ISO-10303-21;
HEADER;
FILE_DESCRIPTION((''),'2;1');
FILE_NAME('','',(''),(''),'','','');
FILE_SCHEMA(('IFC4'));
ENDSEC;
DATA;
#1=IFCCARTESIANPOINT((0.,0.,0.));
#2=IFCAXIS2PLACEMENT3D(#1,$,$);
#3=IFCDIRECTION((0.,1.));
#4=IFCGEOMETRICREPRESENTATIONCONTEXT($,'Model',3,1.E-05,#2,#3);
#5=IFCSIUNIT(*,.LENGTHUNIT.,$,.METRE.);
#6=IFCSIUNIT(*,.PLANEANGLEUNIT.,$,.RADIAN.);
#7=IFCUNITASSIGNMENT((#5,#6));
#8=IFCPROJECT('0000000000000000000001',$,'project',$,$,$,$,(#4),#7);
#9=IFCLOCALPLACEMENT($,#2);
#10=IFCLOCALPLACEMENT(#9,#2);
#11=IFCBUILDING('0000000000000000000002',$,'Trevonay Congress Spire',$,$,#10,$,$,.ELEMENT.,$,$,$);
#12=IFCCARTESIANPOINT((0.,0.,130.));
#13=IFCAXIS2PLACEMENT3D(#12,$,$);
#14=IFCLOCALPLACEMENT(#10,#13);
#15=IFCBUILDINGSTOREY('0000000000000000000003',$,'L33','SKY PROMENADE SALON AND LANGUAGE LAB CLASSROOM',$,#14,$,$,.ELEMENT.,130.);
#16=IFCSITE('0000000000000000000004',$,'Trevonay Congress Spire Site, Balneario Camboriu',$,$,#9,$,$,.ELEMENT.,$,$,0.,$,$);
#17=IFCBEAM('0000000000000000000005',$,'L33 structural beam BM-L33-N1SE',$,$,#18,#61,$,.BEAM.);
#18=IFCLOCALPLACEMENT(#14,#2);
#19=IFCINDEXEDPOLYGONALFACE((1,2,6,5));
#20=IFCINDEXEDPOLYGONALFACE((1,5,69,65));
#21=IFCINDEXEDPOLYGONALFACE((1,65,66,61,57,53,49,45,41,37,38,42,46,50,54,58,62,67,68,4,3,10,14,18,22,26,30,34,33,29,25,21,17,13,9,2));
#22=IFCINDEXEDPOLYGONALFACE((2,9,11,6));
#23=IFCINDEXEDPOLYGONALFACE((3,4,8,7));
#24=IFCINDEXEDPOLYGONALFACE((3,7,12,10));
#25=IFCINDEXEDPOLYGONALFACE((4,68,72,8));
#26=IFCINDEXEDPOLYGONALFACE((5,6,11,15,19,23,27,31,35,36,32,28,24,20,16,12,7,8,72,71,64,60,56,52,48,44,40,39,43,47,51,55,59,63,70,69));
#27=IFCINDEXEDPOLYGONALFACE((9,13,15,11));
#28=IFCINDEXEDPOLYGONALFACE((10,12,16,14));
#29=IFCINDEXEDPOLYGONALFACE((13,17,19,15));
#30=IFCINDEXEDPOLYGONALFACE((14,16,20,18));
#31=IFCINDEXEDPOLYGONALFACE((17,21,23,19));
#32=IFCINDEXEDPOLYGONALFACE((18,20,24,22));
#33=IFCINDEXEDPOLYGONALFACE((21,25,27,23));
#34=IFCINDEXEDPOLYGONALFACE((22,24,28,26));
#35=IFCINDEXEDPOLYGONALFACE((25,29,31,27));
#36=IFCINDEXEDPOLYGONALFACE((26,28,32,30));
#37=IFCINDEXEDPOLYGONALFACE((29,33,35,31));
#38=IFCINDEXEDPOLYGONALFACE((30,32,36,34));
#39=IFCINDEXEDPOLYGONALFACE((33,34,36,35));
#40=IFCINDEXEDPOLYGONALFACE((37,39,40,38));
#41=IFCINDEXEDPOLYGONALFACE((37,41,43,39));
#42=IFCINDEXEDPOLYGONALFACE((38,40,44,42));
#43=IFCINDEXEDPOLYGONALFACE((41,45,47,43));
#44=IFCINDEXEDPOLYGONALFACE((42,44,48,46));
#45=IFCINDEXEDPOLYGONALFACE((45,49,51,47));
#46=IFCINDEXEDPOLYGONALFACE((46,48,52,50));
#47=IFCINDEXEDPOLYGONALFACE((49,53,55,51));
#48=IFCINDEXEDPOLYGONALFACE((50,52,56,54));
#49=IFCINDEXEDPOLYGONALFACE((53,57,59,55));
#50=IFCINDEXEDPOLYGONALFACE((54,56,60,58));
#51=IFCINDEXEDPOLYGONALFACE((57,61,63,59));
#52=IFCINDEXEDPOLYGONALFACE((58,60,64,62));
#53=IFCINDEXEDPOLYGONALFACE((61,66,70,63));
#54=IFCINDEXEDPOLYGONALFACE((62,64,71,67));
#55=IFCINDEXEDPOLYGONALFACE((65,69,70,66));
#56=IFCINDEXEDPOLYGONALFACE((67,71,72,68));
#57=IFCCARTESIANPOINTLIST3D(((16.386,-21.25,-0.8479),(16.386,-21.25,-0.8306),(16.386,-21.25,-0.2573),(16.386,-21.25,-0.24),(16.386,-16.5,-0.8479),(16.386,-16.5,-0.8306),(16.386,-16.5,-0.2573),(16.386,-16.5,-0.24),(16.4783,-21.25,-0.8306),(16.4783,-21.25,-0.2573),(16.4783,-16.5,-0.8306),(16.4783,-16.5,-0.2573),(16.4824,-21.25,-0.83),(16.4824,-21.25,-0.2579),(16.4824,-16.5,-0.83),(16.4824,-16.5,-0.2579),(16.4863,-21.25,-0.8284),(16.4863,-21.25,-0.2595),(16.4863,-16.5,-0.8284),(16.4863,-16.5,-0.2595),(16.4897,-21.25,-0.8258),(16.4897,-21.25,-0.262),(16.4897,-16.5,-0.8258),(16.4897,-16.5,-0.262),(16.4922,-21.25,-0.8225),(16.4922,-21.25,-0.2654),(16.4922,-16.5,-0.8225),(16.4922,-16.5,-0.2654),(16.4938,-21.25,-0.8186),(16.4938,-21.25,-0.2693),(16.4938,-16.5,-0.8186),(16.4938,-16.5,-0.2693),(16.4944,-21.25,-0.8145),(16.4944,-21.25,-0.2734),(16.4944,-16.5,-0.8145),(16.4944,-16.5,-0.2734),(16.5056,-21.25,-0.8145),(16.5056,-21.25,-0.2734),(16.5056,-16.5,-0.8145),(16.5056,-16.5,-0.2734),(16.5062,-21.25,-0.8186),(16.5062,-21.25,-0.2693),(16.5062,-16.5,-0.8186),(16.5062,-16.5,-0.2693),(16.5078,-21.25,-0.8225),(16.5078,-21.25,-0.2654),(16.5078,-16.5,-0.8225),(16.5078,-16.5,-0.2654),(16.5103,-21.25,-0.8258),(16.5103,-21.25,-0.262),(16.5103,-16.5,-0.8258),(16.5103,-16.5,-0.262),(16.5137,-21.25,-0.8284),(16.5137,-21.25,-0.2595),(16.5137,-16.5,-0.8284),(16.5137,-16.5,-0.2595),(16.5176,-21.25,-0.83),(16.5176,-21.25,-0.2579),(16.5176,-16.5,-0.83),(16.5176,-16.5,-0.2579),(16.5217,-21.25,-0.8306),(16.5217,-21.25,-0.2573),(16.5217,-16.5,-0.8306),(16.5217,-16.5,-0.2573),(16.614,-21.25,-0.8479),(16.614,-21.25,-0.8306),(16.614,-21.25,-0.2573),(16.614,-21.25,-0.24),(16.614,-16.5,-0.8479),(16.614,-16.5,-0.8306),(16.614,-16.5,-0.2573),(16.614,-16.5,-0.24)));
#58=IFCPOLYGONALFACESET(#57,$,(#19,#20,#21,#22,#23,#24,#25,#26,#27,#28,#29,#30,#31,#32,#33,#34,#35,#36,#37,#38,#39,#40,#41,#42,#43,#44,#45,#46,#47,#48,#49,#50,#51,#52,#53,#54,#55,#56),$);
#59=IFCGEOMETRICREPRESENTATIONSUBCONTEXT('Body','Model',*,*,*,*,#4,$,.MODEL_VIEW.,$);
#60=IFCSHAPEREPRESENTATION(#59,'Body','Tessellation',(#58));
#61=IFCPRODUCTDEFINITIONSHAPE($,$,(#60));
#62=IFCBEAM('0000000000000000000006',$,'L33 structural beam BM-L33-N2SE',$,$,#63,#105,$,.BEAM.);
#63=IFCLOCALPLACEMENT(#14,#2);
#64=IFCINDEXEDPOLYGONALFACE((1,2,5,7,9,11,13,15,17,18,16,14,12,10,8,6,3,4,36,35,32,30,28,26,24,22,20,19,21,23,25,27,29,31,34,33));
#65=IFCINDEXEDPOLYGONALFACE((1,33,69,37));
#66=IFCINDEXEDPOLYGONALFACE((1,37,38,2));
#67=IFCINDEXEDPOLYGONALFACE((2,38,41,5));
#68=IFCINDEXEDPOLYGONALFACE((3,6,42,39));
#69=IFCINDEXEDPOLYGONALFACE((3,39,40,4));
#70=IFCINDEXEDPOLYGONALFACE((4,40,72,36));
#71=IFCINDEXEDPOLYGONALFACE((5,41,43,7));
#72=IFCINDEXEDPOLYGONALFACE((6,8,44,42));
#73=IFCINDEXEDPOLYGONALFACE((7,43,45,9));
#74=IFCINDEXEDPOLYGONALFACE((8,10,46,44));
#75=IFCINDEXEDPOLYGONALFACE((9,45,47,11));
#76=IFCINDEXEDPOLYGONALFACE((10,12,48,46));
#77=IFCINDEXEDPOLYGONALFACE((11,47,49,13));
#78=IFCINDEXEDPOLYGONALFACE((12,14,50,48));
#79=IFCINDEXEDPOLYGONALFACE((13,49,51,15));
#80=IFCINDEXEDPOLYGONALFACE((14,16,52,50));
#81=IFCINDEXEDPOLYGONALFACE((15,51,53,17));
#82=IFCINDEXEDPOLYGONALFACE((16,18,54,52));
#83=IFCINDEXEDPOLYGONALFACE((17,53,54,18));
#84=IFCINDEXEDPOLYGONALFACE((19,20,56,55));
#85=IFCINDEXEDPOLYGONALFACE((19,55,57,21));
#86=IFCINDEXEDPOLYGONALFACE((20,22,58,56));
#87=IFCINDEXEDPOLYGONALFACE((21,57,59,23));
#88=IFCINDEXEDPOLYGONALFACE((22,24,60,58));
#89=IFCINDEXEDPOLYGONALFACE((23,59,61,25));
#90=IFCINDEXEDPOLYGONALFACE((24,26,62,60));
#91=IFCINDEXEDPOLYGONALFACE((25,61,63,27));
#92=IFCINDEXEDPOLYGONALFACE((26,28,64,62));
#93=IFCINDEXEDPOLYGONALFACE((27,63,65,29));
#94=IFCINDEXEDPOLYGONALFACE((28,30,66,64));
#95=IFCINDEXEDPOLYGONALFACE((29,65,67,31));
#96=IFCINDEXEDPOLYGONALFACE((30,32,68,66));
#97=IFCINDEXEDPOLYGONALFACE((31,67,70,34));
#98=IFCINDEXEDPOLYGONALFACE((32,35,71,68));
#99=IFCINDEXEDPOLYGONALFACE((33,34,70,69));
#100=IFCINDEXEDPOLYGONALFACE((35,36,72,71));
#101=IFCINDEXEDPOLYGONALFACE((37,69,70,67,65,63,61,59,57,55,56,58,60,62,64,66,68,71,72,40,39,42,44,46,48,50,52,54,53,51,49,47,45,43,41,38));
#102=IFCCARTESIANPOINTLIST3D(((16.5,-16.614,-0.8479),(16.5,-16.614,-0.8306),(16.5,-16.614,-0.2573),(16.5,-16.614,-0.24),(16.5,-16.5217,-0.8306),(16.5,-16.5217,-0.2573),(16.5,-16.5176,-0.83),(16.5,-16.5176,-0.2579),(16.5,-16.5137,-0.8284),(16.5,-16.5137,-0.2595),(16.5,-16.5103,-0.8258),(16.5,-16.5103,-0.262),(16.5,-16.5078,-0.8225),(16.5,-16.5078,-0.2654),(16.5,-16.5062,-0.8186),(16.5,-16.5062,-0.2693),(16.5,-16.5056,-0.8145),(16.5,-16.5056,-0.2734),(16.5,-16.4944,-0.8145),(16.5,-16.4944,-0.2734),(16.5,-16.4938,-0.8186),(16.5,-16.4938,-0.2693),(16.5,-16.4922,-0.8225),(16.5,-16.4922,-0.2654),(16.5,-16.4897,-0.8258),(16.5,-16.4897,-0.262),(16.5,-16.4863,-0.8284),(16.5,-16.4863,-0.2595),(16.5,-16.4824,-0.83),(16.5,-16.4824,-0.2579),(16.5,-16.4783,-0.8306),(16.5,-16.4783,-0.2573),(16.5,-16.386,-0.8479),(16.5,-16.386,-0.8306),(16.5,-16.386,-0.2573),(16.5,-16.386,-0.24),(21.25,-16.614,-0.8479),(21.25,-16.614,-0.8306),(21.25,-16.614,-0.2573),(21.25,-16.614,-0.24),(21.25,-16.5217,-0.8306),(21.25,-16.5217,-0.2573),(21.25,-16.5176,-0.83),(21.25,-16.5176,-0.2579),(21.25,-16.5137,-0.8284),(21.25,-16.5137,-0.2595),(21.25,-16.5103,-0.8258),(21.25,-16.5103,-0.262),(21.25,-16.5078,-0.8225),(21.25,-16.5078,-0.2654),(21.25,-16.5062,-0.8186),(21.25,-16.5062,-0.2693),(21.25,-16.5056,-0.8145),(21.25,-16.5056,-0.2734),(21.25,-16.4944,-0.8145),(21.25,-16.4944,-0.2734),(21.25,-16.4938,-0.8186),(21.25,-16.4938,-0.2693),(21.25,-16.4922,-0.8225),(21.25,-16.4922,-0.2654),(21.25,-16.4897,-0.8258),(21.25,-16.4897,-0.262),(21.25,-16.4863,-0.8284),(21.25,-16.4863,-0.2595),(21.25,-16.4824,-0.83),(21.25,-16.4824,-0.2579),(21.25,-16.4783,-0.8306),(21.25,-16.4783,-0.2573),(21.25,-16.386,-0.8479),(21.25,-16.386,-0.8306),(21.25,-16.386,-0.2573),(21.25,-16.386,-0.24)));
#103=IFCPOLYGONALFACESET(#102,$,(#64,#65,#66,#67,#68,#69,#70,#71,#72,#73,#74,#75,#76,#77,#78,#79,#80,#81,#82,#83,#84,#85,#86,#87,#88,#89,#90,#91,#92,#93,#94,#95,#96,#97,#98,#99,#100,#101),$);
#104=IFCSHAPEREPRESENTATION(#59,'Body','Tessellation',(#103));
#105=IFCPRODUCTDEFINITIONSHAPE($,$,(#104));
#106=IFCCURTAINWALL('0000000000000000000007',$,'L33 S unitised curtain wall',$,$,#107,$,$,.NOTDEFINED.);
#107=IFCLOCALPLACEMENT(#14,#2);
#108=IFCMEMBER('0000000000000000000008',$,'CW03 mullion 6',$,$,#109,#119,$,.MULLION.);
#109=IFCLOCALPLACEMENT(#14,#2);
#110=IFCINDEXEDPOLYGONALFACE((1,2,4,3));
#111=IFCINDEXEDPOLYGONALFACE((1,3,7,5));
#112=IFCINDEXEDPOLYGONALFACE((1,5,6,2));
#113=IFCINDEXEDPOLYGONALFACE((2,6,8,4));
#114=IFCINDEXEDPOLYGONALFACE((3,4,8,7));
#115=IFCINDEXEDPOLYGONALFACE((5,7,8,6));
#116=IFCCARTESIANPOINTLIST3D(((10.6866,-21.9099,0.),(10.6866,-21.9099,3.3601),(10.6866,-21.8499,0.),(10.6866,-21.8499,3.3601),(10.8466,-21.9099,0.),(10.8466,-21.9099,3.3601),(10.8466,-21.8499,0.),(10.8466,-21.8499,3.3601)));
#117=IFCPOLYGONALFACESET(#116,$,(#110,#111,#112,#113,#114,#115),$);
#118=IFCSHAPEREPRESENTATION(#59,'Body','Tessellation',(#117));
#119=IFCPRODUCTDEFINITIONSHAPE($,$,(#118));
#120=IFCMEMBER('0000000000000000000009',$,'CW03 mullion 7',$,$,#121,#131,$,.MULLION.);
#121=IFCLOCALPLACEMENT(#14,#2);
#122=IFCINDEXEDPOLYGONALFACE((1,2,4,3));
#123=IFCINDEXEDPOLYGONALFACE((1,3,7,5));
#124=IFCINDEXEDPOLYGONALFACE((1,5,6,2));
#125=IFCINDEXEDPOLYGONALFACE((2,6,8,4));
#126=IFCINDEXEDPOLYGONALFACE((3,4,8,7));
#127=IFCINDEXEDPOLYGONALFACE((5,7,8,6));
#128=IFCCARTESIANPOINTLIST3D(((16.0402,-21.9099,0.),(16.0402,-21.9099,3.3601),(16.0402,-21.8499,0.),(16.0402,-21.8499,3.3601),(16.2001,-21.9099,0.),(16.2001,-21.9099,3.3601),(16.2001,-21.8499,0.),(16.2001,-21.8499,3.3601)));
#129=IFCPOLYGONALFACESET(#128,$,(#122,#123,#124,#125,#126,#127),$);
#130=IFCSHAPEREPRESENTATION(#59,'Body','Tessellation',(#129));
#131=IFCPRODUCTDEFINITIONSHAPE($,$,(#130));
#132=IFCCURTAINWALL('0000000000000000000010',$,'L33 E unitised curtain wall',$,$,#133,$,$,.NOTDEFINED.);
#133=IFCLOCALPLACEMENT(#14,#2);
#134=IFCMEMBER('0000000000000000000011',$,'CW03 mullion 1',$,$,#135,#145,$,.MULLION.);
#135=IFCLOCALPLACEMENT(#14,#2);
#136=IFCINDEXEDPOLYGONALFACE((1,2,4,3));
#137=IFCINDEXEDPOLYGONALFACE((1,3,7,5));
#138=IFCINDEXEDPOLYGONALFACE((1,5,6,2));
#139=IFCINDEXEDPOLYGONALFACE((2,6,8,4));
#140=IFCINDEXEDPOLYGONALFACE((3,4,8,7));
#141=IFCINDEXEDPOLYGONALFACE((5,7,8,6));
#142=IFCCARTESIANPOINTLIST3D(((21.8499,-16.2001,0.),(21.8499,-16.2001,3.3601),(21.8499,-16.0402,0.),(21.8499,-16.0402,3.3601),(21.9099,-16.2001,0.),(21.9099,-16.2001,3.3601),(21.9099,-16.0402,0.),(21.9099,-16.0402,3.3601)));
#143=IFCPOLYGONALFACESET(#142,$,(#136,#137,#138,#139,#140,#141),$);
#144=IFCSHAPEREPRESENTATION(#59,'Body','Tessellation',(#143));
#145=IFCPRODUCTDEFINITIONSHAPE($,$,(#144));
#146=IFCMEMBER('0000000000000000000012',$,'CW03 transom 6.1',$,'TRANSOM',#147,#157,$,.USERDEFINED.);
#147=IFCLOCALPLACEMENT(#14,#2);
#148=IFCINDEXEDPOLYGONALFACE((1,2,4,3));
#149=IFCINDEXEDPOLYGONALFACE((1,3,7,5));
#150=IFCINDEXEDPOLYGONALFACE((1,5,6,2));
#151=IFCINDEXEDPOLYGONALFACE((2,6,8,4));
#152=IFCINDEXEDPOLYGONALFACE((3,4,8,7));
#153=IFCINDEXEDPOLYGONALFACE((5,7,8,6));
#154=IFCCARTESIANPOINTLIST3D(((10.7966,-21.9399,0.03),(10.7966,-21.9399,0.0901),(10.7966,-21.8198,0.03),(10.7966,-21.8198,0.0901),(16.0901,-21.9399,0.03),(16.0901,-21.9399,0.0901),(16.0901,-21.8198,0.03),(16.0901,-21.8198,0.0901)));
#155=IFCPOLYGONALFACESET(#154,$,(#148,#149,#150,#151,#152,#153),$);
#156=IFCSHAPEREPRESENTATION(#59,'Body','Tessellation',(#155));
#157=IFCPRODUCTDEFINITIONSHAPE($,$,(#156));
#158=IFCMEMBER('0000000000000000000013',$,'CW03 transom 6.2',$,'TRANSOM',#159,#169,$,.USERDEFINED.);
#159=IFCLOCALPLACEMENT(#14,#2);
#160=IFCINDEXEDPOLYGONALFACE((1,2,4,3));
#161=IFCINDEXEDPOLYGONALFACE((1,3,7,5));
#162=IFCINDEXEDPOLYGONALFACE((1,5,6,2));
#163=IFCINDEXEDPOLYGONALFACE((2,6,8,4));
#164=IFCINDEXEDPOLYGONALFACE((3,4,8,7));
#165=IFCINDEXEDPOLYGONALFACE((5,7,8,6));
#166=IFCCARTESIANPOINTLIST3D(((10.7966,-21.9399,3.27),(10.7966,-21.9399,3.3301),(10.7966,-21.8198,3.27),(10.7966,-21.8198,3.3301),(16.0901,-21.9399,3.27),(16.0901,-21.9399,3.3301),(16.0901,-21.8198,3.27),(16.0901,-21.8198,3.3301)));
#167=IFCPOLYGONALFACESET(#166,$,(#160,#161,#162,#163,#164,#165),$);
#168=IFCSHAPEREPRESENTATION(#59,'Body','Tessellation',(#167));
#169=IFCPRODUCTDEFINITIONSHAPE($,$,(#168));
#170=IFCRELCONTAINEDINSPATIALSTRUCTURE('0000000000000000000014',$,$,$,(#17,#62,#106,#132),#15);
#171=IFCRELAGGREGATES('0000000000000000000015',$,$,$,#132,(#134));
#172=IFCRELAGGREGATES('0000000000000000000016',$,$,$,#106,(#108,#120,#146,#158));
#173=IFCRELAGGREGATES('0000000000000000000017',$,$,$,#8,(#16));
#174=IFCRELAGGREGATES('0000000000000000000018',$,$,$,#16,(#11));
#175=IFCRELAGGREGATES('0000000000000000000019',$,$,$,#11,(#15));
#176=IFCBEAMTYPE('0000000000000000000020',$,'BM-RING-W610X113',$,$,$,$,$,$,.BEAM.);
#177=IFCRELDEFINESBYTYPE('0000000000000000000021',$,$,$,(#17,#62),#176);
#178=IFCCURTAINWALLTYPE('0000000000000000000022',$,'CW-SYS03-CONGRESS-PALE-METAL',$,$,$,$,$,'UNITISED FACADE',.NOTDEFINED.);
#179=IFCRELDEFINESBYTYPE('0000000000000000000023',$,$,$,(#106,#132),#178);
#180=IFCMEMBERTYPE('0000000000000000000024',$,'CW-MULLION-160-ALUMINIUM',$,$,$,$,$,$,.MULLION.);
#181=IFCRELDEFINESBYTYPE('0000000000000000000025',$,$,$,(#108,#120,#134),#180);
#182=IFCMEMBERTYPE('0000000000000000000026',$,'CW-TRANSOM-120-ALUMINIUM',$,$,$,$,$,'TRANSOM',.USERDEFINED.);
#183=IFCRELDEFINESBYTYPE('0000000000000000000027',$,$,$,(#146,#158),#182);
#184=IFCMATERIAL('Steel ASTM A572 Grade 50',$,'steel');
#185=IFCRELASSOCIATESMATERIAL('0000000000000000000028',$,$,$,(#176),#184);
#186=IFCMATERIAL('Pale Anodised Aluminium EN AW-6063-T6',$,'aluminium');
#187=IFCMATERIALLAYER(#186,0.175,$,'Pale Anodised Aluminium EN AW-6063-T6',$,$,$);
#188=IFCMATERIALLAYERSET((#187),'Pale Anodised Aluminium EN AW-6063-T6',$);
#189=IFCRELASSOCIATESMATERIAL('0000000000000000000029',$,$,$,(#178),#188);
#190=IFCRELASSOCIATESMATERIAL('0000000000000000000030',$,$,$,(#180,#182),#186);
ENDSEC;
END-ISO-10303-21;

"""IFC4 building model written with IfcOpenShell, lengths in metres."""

from ifc_helpers import new_model, si_unit, direction, frame, origin, origin_2d, place, context, subcontext, project, spatial, rectangle, i_section, extrude, material, layer, layer_set, material_profile, profile_set, type_object, element, aggregate, save


model = new_model("IFC4")

# Units and contexts
model_context = context("Model", 3, precision=1e-05, world=origin(), true_north=direction((0.0, 1.0)))
body_context = subcontext(model_context, "Body", "Model", "MODEL_VIEW")
ifc_project = project(units=[si_unit("LENGTHUNIT", "METRE"), si_unit("PLANEANGLEUNIT", "RADIAN")], contexts=[model_context])

# Site, building, storey
site_placement = place(None, origin())
site = spatial("IfcSite", under=ifc_project, at=site_placement, Name="Trevonay Congress Spire Site, Balneario Camboriu", CompositionType="ELEMENT", RefElevation=0.0)
building_placement = place(site_placement, origin())
building = spatial("IfcBuilding", under=site, at=building_placement, Name="Trevonay Congress Spire", CompositionType="ELEMENT")
storey_placement = place(building_placement, frame((0.0, 0.0, 130.0)))
storey = spatial("IfcBuildingStorey", under=building, at=storey_placement, Name="L33", Description="SKY PROMENADE SALON AND LANGUAGE LAB CLASSROOM", CompositionType="ELEMENT", Elevation=130.0)

# Shared definitions
ifc_material_1 = material(Name="Steel ASTM A572 Grade 50", Category="steel")

# Beams
ifc_material_profile_1 = material_profile(ifc_material_1, i_section(OverallWidth=0.228, OverallDepth=0.6079, WebThickness=0.0112, FlangeThickness=0.0173, FilletRadius=0.0161, at=origin_2d()), Name="W610x113")
ifc_profile_set_1 = profile_set([ifc_material_profile_1], Name="Steel ASTM A572 Grade 50")
beam_type_1 = type_object("IfcBeamType", Name="BM-RING-W610X113", PredefinedType="BEAM", material=ifc_profile_set_1)
for number, where, z_axis, x_axis, name in (
    (1, (16.5, -21.25, -0.5439), (0.0, 1.0, 0.0), (-1.0, 0.0, 0.0), "L33 structural beam BM-L33-N1SE"),
    (2, (21.25, -16.5, -0.5439), (-1.0, 0.0, 0.0), (0.0, -1.0, 0.0), "L33 structural beam BM-L33-N2SE"),
):
    element("IfcBeam", number, at=place(storey_placement, frame(where, z_axis=z_axis, x_axis=x_axis)), inside=storey, type_object=beam_type_1, Name=name, PredefinedType="BEAM", context=body_context, shape_type="SweptSolid", body=[
        extrude(i_section(OverallWidth=0.228, OverallDepth=0.6079, WebThickness=0.0112, FlangeThickness=0.0173, FilletRadius=0.0161, at=origin_2d()), origin(), (0.0, 0.0, 1.0), 4.75),
    ])

# Curtain wall, members
ifc_material_2 = material(Name="Pale Anodised Aluminium EN AW-6063-T6", Category="aluminium")
ifc_layer_1 = layer(ifc_material_2, 0.175, Name="Pale Anodised Aluminium EN AW-6063-T6")
ifc_layer_set_1 = layer_set([ifc_layer_1], Name="Pale Anodised Aluminium EN AW-6063-T6")
curtain_wall_type = type_object("IfcCurtainWallType", Name="CW-SYS03-CONGRESS-PALE-METAL", ElementType="UNITISED FACADE", PredefinedType="NOTDEFINED", material=ifc_layer_set_1)
curtain_wall_1_placement = place(storey_placement, origin())
curtain_wall_1 = element("IfcCurtainWall", 3, at=curtain_wall_1_placement, inside=storey, type_object=curtain_wall_type, Name="L33 S unitised curtain wall", PredefinedType="NOTDEFINED")
ifc_material_profile_2 = material_profile(ifc_material_2, rectangle(XDim=0.0601, YDim=0.1599, at=origin_2d()), Name="CW-MULLION-160-ALUMINIUM")
ifc_profile_set_2 = profile_set([ifc_material_profile_2], Name="Pale Anodised Aluminium EN AW-6063-T6")
member_type_1 = type_object("IfcMemberType", Name="CW-MULLION-160-ALUMINIUM", PredefinedType="MULLION", material=ifc_profile_set_2)
member_1_placement = place(storey_placement, frame((10.7666, -21.8799, 0.0), z_axis=(0.0, 0.0, 1.0), x_axis=(0.0, 1.0, 0.0)))
member_1 = element("IfcMember", 4, at=member_1_placement, type_object=member_type_1, Name="CW03 mullion 6", PredefinedType="MULLION", context=body_context, shape_type="SweptSolid", body=[
    extrude(rectangle(XDim=0.0601, YDim=0.1599, at=origin_2d()), origin(), (0.0, 0.0, 1.0), 3.3601),
])
member_2_placement = place(storey_placement, frame((16.1201, -21.8799, 0.0), z_axis=(0.0, 0.0, 1.0), x_axis=(0.0, 1.0, 0.0)))
member_2 = element("IfcMember", 5, at=member_2_placement, type_object=member_type_1, Name="CW03 mullion 7", PredefinedType="MULLION", context=body_context, shape_type="SweptSolid", body=[
    extrude(rectangle(XDim=0.0601, YDim=0.1599, at=origin_2d()), origin(), (0.0, 0.0, 1.0), 3.3601),
])

# Curtain wall, member
curtain_wall_2_placement = place(storey_placement, origin())
curtain_wall_2 = element("IfcCurtainWall", 6, at=curtain_wall_2_placement, inside=storey, type_object=curtain_wall_type, Name="L33 E unitised curtain wall", PredefinedType="NOTDEFINED")
member_3_placement = place(storey_placement, frame((21.8799, -16.1201, 0.0), z_axis=(0.0, 0.0, 1.0), x_axis=(-1.0, 0.0, 0.0)))
member_3 = element("IfcMember", 7, at=member_3_placement, type_object=member_type_1, Name="CW03 mullion 1", PredefinedType="MULLION", context=body_context, shape_type="SweptSolid", body=[
    extrude(rectangle(XDim=0.0601, YDim=0.1599, at=origin_2d()), origin(), (0.0, 0.0, 1.0), 3.3601),
])
aggregate(curtain_wall_2, [member_3])

# Members
ifc_material_profile_3 = material_profile(ifc_material_2, rectangle(XDim=0.1201, YDim=0.0601, at=origin_2d()), Name="CW-TRANSOM-120-ALUMINIUM")
ifc_profile_set_3 = profile_set([ifc_material_profile_3], Name="Pale Anodised Aluminium EN AW-6063-T6")
member_type_2 = type_object("IfcMemberType", Name="CW-TRANSOM-120-ALUMINIUM", ElementType="TRANSOM", PredefinedType="USERDEFINED", material=ifc_profile_set_3)
member_4_placement = place(storey_placement, frame((10.7966, -21.8799, 0.0601), z_axis=(1.0, 0.0, 0.0), x_axis=(0.0, 1.0, 0.0)))
member_4 = element("IfcMember", 8, at=member_4_placement, type_object=member_type_2, Name="CW03 transom 6.1", ObjectType="TRANSOM", PredefinedType="USERDEFINED", context=body_context, shape_type="SweptSolid", body=[
    extrude(rectangle(XDim=0.1201, YDim=0.0601, at=origin_2d()), origin(), (0.0, 0.0, 1.0), 5.2935),
])
member_5_placement = place(storey_placement, frame((10.7966, -21.8799, 3.3), z_axis=(1.0, 0.0, 0.0), x_axis=(0.0, 1.0, 0.0)))
member_5 = element("IfcMember", 9, at=member_5_placement, type_object=member_type_2, Name="CW03 transom 6.2", ObjectType="TRANSOM", PredefinedType="USERDEFINED", context=body_context, shape_type="SweptSolid", body=[
    extrude(rectangle(XDim=0.1201, YDim=0.0601, at=origin_2d()), origin(), (0.0, 0.0, 1.0), 5.2935),
])

aggregate(curtain_wall_1, [member_1, member_2, member_4, member_5])

save(model, "model.ifc")
